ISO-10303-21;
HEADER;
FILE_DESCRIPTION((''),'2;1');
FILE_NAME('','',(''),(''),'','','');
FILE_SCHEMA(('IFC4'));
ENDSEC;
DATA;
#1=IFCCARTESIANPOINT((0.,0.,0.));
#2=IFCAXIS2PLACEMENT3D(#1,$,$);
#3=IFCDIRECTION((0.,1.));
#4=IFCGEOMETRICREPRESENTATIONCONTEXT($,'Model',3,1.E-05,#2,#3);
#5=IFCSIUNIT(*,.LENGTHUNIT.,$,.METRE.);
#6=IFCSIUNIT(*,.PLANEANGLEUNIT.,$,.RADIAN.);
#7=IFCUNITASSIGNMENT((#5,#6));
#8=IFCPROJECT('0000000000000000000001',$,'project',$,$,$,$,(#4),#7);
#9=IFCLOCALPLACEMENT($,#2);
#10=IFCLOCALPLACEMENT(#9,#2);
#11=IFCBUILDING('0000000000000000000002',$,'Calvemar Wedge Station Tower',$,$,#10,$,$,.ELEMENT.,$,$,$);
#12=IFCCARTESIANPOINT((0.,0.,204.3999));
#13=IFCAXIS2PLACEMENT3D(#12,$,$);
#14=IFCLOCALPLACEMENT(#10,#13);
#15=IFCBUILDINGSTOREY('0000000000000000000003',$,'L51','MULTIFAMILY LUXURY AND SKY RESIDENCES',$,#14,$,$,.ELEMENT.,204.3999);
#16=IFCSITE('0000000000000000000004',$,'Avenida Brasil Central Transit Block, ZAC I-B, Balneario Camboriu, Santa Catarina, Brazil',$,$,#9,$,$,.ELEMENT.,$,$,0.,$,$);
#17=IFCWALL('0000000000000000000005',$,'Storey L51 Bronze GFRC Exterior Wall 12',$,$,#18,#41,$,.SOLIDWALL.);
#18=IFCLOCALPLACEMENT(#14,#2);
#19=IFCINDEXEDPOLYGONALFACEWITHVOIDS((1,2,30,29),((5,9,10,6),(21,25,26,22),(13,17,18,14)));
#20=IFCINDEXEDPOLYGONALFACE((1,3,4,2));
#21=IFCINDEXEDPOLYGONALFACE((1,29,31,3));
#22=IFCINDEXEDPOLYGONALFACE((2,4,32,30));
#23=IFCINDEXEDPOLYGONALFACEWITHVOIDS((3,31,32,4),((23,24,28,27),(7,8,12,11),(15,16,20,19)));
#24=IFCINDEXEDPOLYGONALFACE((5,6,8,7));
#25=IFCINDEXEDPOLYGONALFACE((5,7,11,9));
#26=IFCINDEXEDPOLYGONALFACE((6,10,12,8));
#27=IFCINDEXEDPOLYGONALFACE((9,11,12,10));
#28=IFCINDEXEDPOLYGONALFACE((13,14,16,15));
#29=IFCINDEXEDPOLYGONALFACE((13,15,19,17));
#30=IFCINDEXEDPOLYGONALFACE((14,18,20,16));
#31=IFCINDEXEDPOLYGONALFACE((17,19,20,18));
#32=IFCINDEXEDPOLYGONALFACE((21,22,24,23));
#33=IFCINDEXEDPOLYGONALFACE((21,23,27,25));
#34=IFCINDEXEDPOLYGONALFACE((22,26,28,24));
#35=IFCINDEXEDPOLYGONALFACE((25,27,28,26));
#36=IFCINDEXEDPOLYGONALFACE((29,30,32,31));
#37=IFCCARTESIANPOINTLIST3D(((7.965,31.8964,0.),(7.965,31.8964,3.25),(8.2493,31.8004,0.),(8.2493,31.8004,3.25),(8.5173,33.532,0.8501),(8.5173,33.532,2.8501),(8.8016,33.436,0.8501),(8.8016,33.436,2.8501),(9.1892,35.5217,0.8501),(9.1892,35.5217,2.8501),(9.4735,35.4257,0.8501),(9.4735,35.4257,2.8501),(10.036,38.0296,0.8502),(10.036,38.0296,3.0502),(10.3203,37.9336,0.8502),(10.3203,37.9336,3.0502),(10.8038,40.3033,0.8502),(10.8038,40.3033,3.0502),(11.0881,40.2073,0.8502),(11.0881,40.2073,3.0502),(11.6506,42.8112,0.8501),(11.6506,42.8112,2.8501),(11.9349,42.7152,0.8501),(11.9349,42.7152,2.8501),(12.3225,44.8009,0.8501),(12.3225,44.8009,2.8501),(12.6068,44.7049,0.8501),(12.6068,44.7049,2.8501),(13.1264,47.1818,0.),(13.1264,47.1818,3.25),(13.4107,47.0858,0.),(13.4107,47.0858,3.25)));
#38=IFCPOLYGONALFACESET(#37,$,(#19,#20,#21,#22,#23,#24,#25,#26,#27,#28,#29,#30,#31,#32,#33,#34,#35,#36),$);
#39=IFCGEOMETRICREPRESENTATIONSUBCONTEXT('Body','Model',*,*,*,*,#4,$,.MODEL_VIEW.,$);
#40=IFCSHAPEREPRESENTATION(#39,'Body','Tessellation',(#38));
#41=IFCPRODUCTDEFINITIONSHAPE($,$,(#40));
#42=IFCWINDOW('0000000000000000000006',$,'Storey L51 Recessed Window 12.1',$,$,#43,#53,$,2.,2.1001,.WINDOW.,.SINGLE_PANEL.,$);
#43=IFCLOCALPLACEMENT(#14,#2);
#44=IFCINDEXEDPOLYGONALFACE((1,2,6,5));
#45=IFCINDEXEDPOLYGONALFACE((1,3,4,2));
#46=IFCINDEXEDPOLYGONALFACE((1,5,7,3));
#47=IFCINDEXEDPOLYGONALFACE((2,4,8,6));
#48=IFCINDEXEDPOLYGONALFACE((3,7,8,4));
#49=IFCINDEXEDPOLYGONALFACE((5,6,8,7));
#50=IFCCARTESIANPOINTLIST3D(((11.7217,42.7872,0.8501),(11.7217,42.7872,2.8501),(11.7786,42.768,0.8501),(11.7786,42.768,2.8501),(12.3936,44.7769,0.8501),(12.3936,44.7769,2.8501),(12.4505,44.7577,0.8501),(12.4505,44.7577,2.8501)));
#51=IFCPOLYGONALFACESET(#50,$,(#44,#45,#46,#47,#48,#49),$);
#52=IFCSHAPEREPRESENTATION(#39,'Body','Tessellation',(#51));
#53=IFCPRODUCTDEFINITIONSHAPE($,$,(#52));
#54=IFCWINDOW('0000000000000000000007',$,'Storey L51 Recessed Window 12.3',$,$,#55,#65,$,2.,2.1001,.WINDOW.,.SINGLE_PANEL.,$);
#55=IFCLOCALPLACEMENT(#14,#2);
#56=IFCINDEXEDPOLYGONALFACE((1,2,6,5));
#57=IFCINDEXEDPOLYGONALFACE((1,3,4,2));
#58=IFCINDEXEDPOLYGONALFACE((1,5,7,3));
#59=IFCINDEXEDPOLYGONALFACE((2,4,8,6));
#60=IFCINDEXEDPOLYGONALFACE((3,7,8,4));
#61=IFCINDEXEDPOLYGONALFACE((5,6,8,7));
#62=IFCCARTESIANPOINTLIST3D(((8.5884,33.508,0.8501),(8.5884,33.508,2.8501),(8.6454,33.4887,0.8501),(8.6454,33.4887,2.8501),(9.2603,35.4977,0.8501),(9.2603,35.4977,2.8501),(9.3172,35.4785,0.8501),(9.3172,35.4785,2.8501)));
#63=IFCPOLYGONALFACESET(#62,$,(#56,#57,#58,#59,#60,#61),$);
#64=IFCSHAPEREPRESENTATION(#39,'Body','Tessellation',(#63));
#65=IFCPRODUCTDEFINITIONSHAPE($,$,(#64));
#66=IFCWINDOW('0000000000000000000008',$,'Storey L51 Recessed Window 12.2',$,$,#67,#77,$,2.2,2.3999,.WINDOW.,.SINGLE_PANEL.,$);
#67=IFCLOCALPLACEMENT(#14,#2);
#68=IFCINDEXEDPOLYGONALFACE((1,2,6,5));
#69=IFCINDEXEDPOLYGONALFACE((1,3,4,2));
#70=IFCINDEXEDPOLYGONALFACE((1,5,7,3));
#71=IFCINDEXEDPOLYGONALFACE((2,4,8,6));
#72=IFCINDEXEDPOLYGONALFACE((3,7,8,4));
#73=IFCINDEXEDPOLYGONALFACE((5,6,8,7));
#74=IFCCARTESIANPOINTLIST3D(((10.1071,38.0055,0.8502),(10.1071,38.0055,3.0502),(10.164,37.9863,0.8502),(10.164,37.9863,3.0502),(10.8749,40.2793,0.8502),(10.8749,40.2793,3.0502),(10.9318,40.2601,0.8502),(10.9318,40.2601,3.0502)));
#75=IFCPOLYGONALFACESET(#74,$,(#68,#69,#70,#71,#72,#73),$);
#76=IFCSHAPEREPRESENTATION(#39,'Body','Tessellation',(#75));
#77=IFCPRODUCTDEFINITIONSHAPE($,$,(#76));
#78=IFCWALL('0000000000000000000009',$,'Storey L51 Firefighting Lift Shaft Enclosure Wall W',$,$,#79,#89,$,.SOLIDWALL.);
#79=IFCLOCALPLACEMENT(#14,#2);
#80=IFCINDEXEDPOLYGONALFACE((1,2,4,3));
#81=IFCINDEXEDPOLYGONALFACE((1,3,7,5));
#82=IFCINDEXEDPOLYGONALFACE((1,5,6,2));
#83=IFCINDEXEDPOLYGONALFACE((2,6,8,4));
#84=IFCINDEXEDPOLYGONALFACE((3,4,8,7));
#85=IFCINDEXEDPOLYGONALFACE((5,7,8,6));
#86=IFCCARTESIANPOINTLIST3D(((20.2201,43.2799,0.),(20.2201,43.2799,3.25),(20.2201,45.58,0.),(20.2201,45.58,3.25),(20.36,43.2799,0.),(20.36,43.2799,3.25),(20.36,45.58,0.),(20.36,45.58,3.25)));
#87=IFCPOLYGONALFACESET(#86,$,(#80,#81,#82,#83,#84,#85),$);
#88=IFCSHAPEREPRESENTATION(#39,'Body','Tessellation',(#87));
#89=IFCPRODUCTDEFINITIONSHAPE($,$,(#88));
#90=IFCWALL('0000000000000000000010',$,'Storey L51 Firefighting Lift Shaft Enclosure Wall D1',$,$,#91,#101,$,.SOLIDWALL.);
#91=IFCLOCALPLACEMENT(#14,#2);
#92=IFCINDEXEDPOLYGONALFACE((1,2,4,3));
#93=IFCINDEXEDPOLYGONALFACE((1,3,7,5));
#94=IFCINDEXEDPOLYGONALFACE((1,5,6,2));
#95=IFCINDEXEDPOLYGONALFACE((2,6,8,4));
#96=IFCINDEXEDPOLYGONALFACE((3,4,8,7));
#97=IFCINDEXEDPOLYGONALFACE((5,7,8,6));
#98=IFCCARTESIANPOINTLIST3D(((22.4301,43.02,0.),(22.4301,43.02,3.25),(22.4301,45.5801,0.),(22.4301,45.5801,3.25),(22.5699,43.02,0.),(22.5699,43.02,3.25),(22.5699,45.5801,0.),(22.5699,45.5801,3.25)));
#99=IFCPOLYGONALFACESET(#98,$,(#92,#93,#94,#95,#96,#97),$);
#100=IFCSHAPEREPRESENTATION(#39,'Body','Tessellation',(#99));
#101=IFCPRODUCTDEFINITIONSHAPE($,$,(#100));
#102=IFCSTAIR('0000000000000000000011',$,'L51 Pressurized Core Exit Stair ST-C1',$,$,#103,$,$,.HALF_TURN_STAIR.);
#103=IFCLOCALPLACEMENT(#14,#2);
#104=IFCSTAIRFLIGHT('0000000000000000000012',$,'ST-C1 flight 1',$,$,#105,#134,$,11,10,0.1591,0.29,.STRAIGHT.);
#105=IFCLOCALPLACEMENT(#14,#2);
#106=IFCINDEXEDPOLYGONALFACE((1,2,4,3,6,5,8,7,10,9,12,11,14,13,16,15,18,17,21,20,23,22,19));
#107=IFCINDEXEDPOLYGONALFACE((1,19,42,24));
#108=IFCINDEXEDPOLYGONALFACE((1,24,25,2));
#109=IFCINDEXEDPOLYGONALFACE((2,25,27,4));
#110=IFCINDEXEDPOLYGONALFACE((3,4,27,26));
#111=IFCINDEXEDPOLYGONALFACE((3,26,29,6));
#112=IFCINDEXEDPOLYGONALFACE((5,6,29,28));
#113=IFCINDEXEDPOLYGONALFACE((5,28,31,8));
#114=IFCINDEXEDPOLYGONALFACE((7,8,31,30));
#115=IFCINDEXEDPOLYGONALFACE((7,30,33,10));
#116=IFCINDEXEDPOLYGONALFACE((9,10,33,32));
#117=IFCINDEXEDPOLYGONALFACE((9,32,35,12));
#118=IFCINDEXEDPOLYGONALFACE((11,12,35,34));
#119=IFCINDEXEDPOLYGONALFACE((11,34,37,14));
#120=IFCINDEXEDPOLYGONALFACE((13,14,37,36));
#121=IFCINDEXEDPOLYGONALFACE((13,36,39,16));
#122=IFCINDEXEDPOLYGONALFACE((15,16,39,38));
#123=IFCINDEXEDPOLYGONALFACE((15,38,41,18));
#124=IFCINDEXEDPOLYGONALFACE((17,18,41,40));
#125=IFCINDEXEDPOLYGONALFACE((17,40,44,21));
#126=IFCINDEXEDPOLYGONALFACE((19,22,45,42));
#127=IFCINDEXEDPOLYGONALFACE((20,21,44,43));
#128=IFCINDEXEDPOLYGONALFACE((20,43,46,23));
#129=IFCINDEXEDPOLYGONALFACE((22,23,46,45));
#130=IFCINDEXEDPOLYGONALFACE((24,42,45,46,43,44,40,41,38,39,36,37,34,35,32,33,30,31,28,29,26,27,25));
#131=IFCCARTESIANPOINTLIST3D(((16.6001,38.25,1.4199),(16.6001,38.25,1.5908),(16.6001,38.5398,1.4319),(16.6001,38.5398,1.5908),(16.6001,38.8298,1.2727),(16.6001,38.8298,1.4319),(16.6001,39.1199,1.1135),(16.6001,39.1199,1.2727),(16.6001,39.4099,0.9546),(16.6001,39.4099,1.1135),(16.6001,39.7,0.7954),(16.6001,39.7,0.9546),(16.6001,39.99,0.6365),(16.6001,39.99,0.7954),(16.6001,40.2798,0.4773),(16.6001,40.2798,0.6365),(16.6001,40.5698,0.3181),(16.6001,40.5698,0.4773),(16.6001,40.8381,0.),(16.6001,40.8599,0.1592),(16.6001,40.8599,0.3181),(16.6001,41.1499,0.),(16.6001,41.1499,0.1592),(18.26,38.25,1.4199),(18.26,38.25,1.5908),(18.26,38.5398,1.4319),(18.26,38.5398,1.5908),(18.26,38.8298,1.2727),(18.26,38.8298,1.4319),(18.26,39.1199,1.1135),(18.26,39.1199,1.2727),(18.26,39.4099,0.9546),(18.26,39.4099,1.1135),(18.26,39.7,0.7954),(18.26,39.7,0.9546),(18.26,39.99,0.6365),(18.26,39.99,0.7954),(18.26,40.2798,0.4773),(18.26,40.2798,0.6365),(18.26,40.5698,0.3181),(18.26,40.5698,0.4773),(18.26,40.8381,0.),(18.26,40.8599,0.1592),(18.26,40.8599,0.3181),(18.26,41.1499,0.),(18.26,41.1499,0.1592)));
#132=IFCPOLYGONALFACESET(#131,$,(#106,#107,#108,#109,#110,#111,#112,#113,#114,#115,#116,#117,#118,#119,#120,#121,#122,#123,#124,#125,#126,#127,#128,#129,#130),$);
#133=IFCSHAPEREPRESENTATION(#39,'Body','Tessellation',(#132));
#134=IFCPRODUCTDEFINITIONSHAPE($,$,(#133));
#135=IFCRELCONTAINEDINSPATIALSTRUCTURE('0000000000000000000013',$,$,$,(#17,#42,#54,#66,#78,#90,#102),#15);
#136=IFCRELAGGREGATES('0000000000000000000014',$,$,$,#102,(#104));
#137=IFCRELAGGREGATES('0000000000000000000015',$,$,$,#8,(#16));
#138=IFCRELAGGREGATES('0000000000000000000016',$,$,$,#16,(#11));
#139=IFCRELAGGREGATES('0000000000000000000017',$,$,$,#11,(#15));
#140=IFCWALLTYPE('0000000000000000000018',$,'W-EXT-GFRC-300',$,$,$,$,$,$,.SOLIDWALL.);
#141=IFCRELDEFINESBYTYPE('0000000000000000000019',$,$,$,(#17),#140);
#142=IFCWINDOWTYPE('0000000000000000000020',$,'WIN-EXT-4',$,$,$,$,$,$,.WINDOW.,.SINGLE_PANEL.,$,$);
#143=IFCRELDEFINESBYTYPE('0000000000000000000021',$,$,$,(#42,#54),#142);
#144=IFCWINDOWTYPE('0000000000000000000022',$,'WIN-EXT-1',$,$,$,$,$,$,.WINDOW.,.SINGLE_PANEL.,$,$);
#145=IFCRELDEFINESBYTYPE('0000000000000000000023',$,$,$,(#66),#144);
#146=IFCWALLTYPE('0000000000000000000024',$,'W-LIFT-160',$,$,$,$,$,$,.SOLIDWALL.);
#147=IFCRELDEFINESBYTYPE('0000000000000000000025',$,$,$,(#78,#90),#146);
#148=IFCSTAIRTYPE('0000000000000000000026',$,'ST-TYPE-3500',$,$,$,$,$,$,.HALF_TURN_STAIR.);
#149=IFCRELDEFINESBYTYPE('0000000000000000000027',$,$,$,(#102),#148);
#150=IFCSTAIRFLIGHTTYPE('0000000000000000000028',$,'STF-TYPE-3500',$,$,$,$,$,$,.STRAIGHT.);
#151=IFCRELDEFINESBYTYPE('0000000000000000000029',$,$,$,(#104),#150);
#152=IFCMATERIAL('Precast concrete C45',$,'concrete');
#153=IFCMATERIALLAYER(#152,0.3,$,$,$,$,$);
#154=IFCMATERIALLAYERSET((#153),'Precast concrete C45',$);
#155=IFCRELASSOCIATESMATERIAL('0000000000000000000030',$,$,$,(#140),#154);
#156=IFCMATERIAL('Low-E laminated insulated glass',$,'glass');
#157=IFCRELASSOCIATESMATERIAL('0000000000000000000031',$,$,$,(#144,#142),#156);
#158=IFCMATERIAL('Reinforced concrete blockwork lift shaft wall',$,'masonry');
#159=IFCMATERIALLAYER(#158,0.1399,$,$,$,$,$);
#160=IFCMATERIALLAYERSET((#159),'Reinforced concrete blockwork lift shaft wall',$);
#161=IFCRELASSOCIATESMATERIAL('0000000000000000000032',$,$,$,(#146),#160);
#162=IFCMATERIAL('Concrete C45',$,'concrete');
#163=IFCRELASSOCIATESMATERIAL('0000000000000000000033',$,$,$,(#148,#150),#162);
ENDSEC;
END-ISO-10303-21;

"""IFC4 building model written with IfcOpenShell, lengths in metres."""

from ifc_helpers import new_model, si_unit, direction, frame, frame_2d, origin, place, context, subcontext, project, spatial, polyline, rectangle, outline, extrude, source, transform, mapped, material, layer, layer_set, type_object, element, fill, aggregate, save


model = new_model("IFC4")

# Units and contexts
model_context = context("Model", 3, precision=1e-05, world=origin(), true_north=direction((0.0, 1.0)))
body_context = subcontext(model_context, "Body", "Model", "MODEL_VIEW")
ifc_project = project(units=[si_unit("LENGTHUNIT", "METRE"), si_unit("PLANEANGLEUNIT", "RADIAN")], contexts=[model_context])

# Site, building, storey
site_placement = place(None, origin())
site = spatial("IfcSite", under=ifc_project, at=site_placement, Name="Avenida Brasil Central Transit Block, ZAC I-B, Balneario Camboriu, Santa Catarina, Brazil", CompositionType="ELEMENT", RefElevation=0.0)
building_placement = place(site_placement, origin())
building = spatial("IfcBuilding", under=site, at=building_placement, Name="Calvemar Wedge Station Tower", CompositionType="ELEMENT")
storey_placement = place(building_placement, frame((0.0, 0.0, 204.3999)))
storey = spatial("IfcBuildingStorey", under=building, at=storey_placement, Name="L51", Description="MULTIFAMILY LUXURY AND SKY RESIDENCES", CompositionType="ELEMENT", Elevation=204.3999)

# Shared definitions
ifc_material_1 = material(Name="Precast concrete C45", Category="concrete")
ifc_layer_1 = layer(ifc_material_1, 0.3)
ifc_layer_set_1 = layer_set([ifc_layer_1], Name="Precast concrete C45")
wall_type_1 = type_object("IfcWallType", Name="W-EXT-GFRC-300", PredefinedType="SOLIDWALL", material=ifc_layer_set_1)
shared_shape_1 = source(origin(), body_context, "Body", "SweptSolid", [
    extrude(rectangle(XDim=2.3999, YDim=2.2, at=frame_2d((1.2, 1.1001))), frame((0.0, 0.1602, 0.0), z_axis=(0.0, -1.0, 0.0), x_axis=(1.0, 0.0, 0.0)), (0.0, 0.0, 1.0), 0.3201),
])
ifc_material_2 = material(Name="Low-E laminated insulated glass", Category="glass")
window_type_1 = type_object("IfcWindowType", Name="WIN-EXT-1", PartitioningType="SINGLE_PANEL", PredefinedType="WINDOW", material=ifc_material_2)
shared_shape_2 = source(origin(), body_context, "Body", "SweptSolid", [
    extrude(rectangle(XDim=2.3999, YDim=2.2, at=frame_2d((1.2, 1.1001))), frame((0.0, -0.0149, 0.0), z_axis=(0.0, -1.0, 0.0), x_axis=(1.0, 0.0, 0.0)), (0.0, 0.0, 1.0), 0.0601),
])

# Wall, openings, windows
wall_1_placement = place(storey_placement, frame((13.2686, 47.1338, 0.0), z_axis=(0.0, 0.0, 1.0), x_axis=(-0.319921, -0.947444, 0.0)))
wall_1 = element("IfcWall", 1, at=wall_1_placement, inside=storey, type_object=wall_type_1, Name="Storey L51 Bronze GFRC Exterior Wall 12", PredefinedType="SOLIDWALL", context=body_context, shape_type="SweptSolid", body=[
    extrude(rectangle(XDim=16.1333, YDim=0.3, at=frame_2d((8.0667, 0.0))), origin(), (0.0, 0.0, 1.0), 3.25),
])
shared_shape_3 = source(origin(), body_context, "Body", "SweptSolid", [
    extrude(rectangle(XDim=2.1001, YDim=2.0, at=frame_2d((1.05, 1.0))), frame((0.0, 0.1602, 0.0), z_axis=(0.0, -1.0, 0.0), x_axis=(1.0, 0.0, 0.0)), (0.0, 0.0, 1.0), 0.3201),
])
opening_1_placement = place(wall_1_placement, frame((2.5129, 0.0, 0.8501)))
opening_1 = element("IfcOpeningElement", 2, at=opening_1_placement, cuts=wall_1, PredefinedType="OPENING", context=body_context, shape_type="MappedRepresentation", body=[
    mapped(shared_shape_3, transform((0.0, 0.0, 0.0), scale=1.0)),
])
opening_2_placement = place(wall_1_placement, frame((7.26, 0.0, 0.8501)))
opening_2 = element("IfcOpeningElement", 3, at=opening_2_placement, cuts=wall_1, PredefinedType="OPENING", context=body_context, shape_type="MappedRepresentation", body=[
    mapped(shared_shape_1, transform((0.0, 0.0, 0.0), scale=1.0)),
])
opening_3_placement = place(wall_1_placement, frame((12.3069, 0.0, 0.8501)))
opening_3 = element("IfcOpeningElement", 4, at=opening_3_placement, cuts=wall_1, PredefinedType="OPENING", context=body_context, shape_type="MappedRepresentation", body=[
    mapped(shared_shape_3, transform((0.0, 0.0, 0.0), scale=1.0)),
])
window_type_2 = type_object("IfcWindowType", Name="WIN-EXT-4", PartitioningType="SINGLE_PANEL", PredefinedType="WINDOW", material=ifc_material_2)
shared_shape_4 = source(origin(), body_context, "Body", "SweptSolid", [
    extrude(rectangle(XDim=2.1001, YDim=2.0, at=frame_2d((1.05, 1.0))), frame((0.0, -0.0149, 0.0), z_axis=(0.0, -1.0, 0.0), x_axis=(1.0, 0.0, 0.0)), (0.0, 0.0, 1.0), 0.0601),
])
window_1_placement = place(opening_1_placement, origin())
window_1 = element("IfcWindow", 5, at=window_1_placement, inside=storey, type_object=window_type_2, Name="Storey L51 Recessed Window 12.1", OverallHeight=2.0, OverallWidth=2.1001, PartitioningType="SINGLE_PANEL", PredefinedType="WINDOW", context=body_context, shape_type="MappedRepresentation", body=[
    mapped(shared_shape_4, transform((0.0, 0.0, 0.0), scale=1.0)),
])
fill(opening_1, window_1)
window_2_placement = place(opening_3_placement, origin())
window_2 = element("IfcWindow", 6, at=window_2_placement, inside=storey, type_object=window_type_2, Name="Storey L51 Recessed Window 12.3", OverallHeight=2.0, OverallWidth=2.1001, PartitioningType="SINGLE_PANEL", PredefinedType="WINDOW", context=body_context, shape_type="MappedRepresentation", body=[
    mapped(shared_shape_4, transform((0.0, 0.0, 0.0), scale=1.0)),
])
fill(opening_3, window_2)
window_3_placement = place(opening_2_placement, origin())
window_3 = element("IfcWindow", 7, at=window_3_placement, inside=storey, type_object=window_type_1, Name="Storey L51 Recessed Window 12.2", OverallHeight=2.2, OverallWidth=2.3999, PartitioningType="SINGLE_PANEL", PredefinedType="WINDOW", context=body_context, shape_type="MappedRepresentation", body=[
    mapped(shared_shape_2, transform((0.0, 0.0, 0.0), scale=1.0)),
])
fill(opening_2, window_3)

# Shared definitions
ifc_material_3 = material(Name="Reinforced concrete blockwork lift shaft wall", Category="masonry")
ifc_layer_2 = layer(ifc_material_3, 0.1399)
ifc_layer_set_2 = layer_set([ifc_layer_2], Name="Reinforced concrete blockwork lift shaft wall")
wall_type_2 = type_object("IfcWallType", Name="W-LIFT-160", PredefinedType="SOLIDWALL", material=ifc_layer_set_2)

# Walls
wall_2_placement = place(storey_placement, frame((20.29, 43.28, 0.0), z_axis=(0.0, 0.0, 1.0), x_axis=(0.0, 1.0, 0.0)))
element("IfcWall", 8, at=wall_2_placement, inside=storey, type_object=wall_type_2, Name="Storey L51 Firefighting Lift Shaft Enclosure Wall W", PredefinedType="SOLIDWALL", context=body_context, shape_type="SweptSolid", body=[
    extrude(rectangle(XDim=2.3, YDim=0.1399, at=frame_2d((1.1499, 0.0))), origin(), (0.0, 0.0, 1.0), 3.25),
])
wall_3_placement = place(storey_placement, frame((22.5, 43.02, 0.0), z_axis=(0.0, 0.0, 1.0), x_axis=(0.0, 1.0, 0.0)))
element("IfcWall", 9, at=wall_3_placement, inside=storey, type_object=wall_type_2, Name="Storey L51 Firefighting Lift Shaft Enclosure Wall D1", PredefinedType="SOLIDWALL", context=body_context, shape_type="SweptSolid", body=[
    extrude(rectangle(XDim=2.5601, YDim=0.1399, at=frame_2d((1.28, 0.0))), origin(), (0.0, 0.0, 1.0), 3.25),
])

# Stair, stair flight
ifc_material_4 = material(Name="Concrete C45", Category="concrete")
stair_type = type_object("IfcStairType", Name="ST-TYPE-3500", PredefinedType="HALF_TURN_STAIR", material=ifc_material_4)
stair_placement = place(storey_placement, origin())
stair = element("IfcStair", 10, at=stair_placement, inside=storey, type_object=stair_type, Name="L51 Pressurized Core Exit Stair ST-C1", PredefinedType="HALF_TURN_STAIR")
stair_flight_type = type_object("IfcStairFlightType", Name="STF-TYPE-3500", PredefinedType="STRAIGHT", material=ifc_material_4)
stair_flight_placement = place(storey_placement, frame((17.4299, 41.1499, 0.0), z_axis=(0.0, 0.0, 1.0), x_axis=(0.0, -1.0, 0.0)))
stair_flight = element("IfcStairFlight", 11, at=stair_flight_placement, type_object=stair_flight_type, Name="ST-C1 flight 1", NumberOfRisers=11, NumberOfTreads=10, PredefinedType="STRAIGHT", RiserHeight=0.1591, TreadLength=0.29, context=body_context, shape_type="SweptSolid", body=[
    extrude(outline(polyline([(0.0, 0.0), (0.0, 0.1592), (0.29, 0.1592), (0.29, 0.3181), (0.5801, 0.3181), (0.5801, 0.4773), (0.8701, 0.4773), (0.8701, 0.6365), (1.1599, 0.6365), (1.1599, 0.7954), (1.45, 0.7954), (1.45, 0.9546), (1.74, 0.9546), (1.74, 1.1135), (2.03, 1.1135), (2.03, 1.2727), (2.3201, 1.2727), (2.3201, 1.4319), (2.6101, 1.4319), (2.6101, 1.5908), (2.8999, 1.5908), (2.8999, 1.75), (2.8999, 1.4199), (0.3118, 0.0), (0.0, 0.0)])), frame((0.0, 0.8301, 0.0), z_axis=(0.0, -1.0, 0.0), x_axis=(1.0, 0.0, 0.0)), (0.0, 0.0, 1.0), 1.6599),
])
aggregate(stair, [stair_flight])

save(model, "model.ifc")
